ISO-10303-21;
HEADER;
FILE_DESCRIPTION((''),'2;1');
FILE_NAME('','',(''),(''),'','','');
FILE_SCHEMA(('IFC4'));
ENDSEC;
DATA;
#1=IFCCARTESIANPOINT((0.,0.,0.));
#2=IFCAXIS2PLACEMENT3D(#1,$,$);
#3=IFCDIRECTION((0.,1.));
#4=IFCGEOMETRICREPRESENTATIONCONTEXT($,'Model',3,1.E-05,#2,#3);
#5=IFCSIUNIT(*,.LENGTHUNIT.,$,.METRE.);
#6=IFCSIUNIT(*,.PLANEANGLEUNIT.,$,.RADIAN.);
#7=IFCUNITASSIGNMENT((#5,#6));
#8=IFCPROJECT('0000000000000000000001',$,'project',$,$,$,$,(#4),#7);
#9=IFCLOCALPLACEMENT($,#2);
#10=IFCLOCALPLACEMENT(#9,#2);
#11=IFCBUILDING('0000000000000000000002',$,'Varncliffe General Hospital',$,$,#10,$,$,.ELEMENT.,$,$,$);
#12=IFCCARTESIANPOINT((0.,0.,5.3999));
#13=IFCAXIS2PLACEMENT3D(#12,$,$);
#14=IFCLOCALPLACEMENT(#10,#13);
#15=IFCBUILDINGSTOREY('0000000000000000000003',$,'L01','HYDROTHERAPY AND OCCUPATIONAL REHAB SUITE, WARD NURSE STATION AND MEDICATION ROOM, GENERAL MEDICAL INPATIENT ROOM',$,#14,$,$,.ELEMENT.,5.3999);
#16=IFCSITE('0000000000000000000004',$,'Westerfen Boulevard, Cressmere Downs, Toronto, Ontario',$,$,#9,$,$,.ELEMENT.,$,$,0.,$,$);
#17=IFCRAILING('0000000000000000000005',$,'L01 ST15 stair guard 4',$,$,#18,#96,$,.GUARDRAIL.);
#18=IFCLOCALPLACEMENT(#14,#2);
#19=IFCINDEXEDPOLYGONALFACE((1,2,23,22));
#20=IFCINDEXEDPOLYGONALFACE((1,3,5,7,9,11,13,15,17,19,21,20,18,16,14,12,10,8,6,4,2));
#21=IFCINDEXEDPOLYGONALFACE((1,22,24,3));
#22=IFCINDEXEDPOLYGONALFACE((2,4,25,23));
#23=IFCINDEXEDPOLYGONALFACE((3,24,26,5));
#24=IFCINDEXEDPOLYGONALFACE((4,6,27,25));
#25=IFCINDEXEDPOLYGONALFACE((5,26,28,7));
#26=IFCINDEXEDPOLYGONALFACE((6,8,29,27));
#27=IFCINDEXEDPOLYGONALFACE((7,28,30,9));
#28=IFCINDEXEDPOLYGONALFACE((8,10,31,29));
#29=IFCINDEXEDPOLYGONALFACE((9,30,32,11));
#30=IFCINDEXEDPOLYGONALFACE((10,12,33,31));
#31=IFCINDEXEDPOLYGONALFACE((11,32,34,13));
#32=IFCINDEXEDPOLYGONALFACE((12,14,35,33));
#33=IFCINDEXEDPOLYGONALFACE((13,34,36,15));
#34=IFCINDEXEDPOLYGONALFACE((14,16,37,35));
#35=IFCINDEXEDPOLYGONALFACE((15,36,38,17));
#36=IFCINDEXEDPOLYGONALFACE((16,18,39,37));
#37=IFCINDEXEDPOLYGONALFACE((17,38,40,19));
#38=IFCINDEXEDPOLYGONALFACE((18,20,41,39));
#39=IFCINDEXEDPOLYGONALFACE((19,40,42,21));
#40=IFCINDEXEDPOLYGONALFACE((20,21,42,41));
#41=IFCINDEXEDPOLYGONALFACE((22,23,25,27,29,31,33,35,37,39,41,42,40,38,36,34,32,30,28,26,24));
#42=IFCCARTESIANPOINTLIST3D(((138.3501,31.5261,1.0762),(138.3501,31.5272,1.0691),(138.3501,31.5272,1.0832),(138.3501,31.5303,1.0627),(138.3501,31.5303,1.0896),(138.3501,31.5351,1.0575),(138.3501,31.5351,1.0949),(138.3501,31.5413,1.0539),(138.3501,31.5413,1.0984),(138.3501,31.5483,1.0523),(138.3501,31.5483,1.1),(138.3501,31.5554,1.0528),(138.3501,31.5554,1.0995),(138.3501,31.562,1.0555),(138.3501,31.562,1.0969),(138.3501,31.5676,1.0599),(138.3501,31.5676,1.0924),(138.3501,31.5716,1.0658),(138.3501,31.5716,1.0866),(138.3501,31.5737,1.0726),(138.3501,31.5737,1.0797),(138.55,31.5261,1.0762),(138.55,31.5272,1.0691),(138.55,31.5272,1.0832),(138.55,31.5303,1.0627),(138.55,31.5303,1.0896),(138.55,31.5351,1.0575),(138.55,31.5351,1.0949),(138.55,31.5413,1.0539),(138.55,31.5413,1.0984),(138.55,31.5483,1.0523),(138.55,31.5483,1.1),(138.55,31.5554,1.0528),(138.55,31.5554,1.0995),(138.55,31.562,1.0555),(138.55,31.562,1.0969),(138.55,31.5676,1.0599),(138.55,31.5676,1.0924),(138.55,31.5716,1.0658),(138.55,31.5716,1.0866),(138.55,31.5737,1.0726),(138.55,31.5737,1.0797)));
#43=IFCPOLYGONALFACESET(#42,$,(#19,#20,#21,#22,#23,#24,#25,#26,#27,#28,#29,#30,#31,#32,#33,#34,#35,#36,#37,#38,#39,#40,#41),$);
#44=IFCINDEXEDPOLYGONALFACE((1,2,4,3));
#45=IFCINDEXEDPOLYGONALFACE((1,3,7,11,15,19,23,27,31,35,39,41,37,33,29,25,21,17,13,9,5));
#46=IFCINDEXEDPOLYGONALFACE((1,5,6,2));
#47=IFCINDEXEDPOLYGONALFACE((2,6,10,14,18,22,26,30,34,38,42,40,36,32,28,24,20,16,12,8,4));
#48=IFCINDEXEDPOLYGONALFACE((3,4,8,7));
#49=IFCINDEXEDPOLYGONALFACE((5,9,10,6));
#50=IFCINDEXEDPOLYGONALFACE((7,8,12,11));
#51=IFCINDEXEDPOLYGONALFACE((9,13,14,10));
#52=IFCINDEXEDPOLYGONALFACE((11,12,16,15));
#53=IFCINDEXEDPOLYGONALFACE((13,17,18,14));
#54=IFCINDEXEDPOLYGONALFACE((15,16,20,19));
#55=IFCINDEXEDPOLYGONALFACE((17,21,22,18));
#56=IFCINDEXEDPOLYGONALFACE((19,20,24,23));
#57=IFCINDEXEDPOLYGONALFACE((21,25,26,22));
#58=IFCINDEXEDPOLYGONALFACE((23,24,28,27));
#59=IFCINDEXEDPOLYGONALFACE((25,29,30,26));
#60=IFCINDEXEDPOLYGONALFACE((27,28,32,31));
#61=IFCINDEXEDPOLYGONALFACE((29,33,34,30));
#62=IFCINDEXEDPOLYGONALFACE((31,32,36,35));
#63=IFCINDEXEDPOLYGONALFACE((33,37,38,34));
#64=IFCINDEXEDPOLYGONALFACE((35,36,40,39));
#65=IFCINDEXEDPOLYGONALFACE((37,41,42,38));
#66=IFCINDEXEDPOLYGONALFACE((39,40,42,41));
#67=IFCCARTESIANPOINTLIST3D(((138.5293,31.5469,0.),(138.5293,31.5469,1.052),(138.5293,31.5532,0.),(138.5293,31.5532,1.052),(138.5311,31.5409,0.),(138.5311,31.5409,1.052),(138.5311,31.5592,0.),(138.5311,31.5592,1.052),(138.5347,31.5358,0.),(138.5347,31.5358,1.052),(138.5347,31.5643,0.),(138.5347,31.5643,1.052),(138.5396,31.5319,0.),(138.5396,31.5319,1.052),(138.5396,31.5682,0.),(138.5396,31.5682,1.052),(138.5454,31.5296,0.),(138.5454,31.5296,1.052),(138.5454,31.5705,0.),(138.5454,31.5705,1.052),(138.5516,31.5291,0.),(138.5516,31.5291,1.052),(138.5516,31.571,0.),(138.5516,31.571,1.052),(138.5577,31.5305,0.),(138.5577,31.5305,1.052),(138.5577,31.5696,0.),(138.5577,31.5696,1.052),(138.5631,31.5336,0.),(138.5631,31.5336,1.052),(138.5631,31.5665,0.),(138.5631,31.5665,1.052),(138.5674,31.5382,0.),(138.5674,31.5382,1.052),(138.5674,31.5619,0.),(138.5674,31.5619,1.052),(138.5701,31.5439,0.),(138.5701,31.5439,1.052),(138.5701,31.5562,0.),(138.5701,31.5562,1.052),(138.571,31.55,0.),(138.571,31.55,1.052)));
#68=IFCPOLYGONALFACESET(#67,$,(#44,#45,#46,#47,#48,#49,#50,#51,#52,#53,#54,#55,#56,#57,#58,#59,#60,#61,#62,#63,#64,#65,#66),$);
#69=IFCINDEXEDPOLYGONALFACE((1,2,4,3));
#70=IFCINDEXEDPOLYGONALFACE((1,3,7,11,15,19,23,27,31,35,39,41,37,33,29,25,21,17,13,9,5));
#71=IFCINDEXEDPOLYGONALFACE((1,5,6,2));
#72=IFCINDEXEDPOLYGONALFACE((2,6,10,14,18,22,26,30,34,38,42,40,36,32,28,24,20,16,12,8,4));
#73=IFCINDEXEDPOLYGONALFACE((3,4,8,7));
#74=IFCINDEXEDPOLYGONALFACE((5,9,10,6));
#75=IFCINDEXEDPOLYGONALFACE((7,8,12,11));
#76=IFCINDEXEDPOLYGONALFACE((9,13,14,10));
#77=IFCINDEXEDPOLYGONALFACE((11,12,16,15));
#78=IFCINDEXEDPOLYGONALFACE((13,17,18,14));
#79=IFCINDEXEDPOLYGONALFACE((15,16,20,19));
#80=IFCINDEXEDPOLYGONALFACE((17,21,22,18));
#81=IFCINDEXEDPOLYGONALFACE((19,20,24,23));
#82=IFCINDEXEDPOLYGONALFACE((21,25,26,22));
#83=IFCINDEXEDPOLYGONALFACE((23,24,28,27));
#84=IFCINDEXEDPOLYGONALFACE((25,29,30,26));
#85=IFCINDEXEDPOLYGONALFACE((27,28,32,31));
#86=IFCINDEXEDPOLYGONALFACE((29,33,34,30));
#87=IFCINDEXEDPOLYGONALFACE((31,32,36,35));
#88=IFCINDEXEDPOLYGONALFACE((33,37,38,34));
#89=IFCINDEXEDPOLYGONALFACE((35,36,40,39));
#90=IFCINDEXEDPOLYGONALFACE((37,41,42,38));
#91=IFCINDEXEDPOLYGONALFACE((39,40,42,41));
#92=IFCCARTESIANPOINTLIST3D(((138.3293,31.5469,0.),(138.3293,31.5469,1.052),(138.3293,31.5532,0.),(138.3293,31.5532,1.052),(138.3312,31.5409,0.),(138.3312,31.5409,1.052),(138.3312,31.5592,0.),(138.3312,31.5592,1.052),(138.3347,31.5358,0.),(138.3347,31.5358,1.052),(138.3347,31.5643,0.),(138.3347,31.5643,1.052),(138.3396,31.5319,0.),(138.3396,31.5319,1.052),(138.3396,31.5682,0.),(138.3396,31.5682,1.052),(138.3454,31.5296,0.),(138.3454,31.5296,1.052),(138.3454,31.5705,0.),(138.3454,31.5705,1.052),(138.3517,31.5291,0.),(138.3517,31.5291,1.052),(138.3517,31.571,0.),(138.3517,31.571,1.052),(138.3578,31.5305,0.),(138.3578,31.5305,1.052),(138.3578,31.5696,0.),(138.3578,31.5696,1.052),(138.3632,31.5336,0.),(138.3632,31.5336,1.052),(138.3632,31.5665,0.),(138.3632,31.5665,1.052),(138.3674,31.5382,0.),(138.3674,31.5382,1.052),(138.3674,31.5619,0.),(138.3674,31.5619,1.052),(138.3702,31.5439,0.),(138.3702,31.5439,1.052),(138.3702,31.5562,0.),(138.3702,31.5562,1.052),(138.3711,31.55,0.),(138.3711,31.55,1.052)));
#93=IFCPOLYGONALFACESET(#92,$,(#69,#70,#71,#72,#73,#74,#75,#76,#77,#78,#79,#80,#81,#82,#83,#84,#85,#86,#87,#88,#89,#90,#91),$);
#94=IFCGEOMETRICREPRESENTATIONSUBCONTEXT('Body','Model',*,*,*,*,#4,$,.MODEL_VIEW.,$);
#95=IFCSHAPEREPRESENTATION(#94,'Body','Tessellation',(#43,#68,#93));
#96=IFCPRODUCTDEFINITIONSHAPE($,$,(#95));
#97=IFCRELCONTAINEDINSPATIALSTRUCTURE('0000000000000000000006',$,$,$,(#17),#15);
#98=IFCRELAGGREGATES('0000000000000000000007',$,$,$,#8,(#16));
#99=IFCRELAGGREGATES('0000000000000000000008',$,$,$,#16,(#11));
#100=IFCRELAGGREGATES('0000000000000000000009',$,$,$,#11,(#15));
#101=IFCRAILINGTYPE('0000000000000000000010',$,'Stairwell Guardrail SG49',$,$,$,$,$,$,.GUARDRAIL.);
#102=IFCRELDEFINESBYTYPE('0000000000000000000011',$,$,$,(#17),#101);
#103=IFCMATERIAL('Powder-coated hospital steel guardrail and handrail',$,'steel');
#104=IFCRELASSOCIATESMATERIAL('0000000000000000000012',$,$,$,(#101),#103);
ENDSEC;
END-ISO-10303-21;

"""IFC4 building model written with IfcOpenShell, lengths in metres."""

from ifc_helpers import new_model, si_unit, direction, frame, origin, origin_2d, place, context, subcontext, project, spatial, circle, extrude, material, type_object, element, save


model = new_model("IFC4")

# Units and contexts
model_context = context("Model", 3, precision=1e-05, world=origin(), true_north=direction((0.0, 1.0)))
body_context = subcontext(model_context, "Body", "Model", "MODEL_VIEW")
ifc_project = project(units=[si_unit("LENGTHUNIT", "METRE"), si_unit("PLANEANGLEUNIT", "RADIAN")], contexts=[model_context])

# Site, building, storey
site_placement = place(None, origin())
site = spatial("IfcSite", under=ifc_project, at=site_placement, Name="Westerfen Boulevard, Cressmere Downs, Toronto, Ontario", CompositionType="ELEMENT", RefElevation=0.0)
building_placement = place(site_placement, origin())
building = spatial("IfcBuilding", under=site, at=building_placement, Name="Varncliffe General Hospital", CompositionType="ELEMENT")
storey_placement = place(building_placement, frame((0.0, 0.0, 5.3999)))
storey = spatial("IfcBuildingStorey", under=building, at=storey_placement, Name="L01", Description="HYDROTHERAPY AND OCCUPATIONAL REHAB SUITE, WARD NURSE STATION AND MEDICATION ROOM, GENERAL MEDICAL INPATIENT ROOM", CompositionType="ELEMENT", Elevation=5.3999)

# Railing
ifc_material_1 = material(Name="Powder-coated hospital steel guardrail and handrail", Category="steel")
railing_type_1 = type_object("IfcRailingType", Name="Stairwell Guardrail SG49", PredefinedType="GUARDRAIL", material=ifc_material_1)
railing_1_placement = place(storey_placement, frame((138.55, 31.55, 0.0)))
element("IfcRailing", 1, at=railing_1_placement, inside=storey, type_object=railing_type_1, Name="L01 ST15 stair guard 4", PredefinedType="GUARDRAIL", context=body_context, shape_type="SweptSolid", body=[
    extrude(circle(Radius=0.0239, at=origin_2d()), frame((0.0, 0.0, 1.0762), z_axis=(-1.0, 0.0, 0.0), x_axis=(0.0, -1.0, 0.0)), (0.0, 0.0, 1.0), 0.2),
    extrude(circle(Radius=0.021, at=origin_2d()), origin(), (0.0, 0.0, 1.0), 1.052),
    extrude(circle(Radius=0.021, at=origin_2d()), frame((-0.2, 0.0, 0.0)), (0.0, 0.0, 1.0), 1.052),
])

save(model, "model.ifc")
